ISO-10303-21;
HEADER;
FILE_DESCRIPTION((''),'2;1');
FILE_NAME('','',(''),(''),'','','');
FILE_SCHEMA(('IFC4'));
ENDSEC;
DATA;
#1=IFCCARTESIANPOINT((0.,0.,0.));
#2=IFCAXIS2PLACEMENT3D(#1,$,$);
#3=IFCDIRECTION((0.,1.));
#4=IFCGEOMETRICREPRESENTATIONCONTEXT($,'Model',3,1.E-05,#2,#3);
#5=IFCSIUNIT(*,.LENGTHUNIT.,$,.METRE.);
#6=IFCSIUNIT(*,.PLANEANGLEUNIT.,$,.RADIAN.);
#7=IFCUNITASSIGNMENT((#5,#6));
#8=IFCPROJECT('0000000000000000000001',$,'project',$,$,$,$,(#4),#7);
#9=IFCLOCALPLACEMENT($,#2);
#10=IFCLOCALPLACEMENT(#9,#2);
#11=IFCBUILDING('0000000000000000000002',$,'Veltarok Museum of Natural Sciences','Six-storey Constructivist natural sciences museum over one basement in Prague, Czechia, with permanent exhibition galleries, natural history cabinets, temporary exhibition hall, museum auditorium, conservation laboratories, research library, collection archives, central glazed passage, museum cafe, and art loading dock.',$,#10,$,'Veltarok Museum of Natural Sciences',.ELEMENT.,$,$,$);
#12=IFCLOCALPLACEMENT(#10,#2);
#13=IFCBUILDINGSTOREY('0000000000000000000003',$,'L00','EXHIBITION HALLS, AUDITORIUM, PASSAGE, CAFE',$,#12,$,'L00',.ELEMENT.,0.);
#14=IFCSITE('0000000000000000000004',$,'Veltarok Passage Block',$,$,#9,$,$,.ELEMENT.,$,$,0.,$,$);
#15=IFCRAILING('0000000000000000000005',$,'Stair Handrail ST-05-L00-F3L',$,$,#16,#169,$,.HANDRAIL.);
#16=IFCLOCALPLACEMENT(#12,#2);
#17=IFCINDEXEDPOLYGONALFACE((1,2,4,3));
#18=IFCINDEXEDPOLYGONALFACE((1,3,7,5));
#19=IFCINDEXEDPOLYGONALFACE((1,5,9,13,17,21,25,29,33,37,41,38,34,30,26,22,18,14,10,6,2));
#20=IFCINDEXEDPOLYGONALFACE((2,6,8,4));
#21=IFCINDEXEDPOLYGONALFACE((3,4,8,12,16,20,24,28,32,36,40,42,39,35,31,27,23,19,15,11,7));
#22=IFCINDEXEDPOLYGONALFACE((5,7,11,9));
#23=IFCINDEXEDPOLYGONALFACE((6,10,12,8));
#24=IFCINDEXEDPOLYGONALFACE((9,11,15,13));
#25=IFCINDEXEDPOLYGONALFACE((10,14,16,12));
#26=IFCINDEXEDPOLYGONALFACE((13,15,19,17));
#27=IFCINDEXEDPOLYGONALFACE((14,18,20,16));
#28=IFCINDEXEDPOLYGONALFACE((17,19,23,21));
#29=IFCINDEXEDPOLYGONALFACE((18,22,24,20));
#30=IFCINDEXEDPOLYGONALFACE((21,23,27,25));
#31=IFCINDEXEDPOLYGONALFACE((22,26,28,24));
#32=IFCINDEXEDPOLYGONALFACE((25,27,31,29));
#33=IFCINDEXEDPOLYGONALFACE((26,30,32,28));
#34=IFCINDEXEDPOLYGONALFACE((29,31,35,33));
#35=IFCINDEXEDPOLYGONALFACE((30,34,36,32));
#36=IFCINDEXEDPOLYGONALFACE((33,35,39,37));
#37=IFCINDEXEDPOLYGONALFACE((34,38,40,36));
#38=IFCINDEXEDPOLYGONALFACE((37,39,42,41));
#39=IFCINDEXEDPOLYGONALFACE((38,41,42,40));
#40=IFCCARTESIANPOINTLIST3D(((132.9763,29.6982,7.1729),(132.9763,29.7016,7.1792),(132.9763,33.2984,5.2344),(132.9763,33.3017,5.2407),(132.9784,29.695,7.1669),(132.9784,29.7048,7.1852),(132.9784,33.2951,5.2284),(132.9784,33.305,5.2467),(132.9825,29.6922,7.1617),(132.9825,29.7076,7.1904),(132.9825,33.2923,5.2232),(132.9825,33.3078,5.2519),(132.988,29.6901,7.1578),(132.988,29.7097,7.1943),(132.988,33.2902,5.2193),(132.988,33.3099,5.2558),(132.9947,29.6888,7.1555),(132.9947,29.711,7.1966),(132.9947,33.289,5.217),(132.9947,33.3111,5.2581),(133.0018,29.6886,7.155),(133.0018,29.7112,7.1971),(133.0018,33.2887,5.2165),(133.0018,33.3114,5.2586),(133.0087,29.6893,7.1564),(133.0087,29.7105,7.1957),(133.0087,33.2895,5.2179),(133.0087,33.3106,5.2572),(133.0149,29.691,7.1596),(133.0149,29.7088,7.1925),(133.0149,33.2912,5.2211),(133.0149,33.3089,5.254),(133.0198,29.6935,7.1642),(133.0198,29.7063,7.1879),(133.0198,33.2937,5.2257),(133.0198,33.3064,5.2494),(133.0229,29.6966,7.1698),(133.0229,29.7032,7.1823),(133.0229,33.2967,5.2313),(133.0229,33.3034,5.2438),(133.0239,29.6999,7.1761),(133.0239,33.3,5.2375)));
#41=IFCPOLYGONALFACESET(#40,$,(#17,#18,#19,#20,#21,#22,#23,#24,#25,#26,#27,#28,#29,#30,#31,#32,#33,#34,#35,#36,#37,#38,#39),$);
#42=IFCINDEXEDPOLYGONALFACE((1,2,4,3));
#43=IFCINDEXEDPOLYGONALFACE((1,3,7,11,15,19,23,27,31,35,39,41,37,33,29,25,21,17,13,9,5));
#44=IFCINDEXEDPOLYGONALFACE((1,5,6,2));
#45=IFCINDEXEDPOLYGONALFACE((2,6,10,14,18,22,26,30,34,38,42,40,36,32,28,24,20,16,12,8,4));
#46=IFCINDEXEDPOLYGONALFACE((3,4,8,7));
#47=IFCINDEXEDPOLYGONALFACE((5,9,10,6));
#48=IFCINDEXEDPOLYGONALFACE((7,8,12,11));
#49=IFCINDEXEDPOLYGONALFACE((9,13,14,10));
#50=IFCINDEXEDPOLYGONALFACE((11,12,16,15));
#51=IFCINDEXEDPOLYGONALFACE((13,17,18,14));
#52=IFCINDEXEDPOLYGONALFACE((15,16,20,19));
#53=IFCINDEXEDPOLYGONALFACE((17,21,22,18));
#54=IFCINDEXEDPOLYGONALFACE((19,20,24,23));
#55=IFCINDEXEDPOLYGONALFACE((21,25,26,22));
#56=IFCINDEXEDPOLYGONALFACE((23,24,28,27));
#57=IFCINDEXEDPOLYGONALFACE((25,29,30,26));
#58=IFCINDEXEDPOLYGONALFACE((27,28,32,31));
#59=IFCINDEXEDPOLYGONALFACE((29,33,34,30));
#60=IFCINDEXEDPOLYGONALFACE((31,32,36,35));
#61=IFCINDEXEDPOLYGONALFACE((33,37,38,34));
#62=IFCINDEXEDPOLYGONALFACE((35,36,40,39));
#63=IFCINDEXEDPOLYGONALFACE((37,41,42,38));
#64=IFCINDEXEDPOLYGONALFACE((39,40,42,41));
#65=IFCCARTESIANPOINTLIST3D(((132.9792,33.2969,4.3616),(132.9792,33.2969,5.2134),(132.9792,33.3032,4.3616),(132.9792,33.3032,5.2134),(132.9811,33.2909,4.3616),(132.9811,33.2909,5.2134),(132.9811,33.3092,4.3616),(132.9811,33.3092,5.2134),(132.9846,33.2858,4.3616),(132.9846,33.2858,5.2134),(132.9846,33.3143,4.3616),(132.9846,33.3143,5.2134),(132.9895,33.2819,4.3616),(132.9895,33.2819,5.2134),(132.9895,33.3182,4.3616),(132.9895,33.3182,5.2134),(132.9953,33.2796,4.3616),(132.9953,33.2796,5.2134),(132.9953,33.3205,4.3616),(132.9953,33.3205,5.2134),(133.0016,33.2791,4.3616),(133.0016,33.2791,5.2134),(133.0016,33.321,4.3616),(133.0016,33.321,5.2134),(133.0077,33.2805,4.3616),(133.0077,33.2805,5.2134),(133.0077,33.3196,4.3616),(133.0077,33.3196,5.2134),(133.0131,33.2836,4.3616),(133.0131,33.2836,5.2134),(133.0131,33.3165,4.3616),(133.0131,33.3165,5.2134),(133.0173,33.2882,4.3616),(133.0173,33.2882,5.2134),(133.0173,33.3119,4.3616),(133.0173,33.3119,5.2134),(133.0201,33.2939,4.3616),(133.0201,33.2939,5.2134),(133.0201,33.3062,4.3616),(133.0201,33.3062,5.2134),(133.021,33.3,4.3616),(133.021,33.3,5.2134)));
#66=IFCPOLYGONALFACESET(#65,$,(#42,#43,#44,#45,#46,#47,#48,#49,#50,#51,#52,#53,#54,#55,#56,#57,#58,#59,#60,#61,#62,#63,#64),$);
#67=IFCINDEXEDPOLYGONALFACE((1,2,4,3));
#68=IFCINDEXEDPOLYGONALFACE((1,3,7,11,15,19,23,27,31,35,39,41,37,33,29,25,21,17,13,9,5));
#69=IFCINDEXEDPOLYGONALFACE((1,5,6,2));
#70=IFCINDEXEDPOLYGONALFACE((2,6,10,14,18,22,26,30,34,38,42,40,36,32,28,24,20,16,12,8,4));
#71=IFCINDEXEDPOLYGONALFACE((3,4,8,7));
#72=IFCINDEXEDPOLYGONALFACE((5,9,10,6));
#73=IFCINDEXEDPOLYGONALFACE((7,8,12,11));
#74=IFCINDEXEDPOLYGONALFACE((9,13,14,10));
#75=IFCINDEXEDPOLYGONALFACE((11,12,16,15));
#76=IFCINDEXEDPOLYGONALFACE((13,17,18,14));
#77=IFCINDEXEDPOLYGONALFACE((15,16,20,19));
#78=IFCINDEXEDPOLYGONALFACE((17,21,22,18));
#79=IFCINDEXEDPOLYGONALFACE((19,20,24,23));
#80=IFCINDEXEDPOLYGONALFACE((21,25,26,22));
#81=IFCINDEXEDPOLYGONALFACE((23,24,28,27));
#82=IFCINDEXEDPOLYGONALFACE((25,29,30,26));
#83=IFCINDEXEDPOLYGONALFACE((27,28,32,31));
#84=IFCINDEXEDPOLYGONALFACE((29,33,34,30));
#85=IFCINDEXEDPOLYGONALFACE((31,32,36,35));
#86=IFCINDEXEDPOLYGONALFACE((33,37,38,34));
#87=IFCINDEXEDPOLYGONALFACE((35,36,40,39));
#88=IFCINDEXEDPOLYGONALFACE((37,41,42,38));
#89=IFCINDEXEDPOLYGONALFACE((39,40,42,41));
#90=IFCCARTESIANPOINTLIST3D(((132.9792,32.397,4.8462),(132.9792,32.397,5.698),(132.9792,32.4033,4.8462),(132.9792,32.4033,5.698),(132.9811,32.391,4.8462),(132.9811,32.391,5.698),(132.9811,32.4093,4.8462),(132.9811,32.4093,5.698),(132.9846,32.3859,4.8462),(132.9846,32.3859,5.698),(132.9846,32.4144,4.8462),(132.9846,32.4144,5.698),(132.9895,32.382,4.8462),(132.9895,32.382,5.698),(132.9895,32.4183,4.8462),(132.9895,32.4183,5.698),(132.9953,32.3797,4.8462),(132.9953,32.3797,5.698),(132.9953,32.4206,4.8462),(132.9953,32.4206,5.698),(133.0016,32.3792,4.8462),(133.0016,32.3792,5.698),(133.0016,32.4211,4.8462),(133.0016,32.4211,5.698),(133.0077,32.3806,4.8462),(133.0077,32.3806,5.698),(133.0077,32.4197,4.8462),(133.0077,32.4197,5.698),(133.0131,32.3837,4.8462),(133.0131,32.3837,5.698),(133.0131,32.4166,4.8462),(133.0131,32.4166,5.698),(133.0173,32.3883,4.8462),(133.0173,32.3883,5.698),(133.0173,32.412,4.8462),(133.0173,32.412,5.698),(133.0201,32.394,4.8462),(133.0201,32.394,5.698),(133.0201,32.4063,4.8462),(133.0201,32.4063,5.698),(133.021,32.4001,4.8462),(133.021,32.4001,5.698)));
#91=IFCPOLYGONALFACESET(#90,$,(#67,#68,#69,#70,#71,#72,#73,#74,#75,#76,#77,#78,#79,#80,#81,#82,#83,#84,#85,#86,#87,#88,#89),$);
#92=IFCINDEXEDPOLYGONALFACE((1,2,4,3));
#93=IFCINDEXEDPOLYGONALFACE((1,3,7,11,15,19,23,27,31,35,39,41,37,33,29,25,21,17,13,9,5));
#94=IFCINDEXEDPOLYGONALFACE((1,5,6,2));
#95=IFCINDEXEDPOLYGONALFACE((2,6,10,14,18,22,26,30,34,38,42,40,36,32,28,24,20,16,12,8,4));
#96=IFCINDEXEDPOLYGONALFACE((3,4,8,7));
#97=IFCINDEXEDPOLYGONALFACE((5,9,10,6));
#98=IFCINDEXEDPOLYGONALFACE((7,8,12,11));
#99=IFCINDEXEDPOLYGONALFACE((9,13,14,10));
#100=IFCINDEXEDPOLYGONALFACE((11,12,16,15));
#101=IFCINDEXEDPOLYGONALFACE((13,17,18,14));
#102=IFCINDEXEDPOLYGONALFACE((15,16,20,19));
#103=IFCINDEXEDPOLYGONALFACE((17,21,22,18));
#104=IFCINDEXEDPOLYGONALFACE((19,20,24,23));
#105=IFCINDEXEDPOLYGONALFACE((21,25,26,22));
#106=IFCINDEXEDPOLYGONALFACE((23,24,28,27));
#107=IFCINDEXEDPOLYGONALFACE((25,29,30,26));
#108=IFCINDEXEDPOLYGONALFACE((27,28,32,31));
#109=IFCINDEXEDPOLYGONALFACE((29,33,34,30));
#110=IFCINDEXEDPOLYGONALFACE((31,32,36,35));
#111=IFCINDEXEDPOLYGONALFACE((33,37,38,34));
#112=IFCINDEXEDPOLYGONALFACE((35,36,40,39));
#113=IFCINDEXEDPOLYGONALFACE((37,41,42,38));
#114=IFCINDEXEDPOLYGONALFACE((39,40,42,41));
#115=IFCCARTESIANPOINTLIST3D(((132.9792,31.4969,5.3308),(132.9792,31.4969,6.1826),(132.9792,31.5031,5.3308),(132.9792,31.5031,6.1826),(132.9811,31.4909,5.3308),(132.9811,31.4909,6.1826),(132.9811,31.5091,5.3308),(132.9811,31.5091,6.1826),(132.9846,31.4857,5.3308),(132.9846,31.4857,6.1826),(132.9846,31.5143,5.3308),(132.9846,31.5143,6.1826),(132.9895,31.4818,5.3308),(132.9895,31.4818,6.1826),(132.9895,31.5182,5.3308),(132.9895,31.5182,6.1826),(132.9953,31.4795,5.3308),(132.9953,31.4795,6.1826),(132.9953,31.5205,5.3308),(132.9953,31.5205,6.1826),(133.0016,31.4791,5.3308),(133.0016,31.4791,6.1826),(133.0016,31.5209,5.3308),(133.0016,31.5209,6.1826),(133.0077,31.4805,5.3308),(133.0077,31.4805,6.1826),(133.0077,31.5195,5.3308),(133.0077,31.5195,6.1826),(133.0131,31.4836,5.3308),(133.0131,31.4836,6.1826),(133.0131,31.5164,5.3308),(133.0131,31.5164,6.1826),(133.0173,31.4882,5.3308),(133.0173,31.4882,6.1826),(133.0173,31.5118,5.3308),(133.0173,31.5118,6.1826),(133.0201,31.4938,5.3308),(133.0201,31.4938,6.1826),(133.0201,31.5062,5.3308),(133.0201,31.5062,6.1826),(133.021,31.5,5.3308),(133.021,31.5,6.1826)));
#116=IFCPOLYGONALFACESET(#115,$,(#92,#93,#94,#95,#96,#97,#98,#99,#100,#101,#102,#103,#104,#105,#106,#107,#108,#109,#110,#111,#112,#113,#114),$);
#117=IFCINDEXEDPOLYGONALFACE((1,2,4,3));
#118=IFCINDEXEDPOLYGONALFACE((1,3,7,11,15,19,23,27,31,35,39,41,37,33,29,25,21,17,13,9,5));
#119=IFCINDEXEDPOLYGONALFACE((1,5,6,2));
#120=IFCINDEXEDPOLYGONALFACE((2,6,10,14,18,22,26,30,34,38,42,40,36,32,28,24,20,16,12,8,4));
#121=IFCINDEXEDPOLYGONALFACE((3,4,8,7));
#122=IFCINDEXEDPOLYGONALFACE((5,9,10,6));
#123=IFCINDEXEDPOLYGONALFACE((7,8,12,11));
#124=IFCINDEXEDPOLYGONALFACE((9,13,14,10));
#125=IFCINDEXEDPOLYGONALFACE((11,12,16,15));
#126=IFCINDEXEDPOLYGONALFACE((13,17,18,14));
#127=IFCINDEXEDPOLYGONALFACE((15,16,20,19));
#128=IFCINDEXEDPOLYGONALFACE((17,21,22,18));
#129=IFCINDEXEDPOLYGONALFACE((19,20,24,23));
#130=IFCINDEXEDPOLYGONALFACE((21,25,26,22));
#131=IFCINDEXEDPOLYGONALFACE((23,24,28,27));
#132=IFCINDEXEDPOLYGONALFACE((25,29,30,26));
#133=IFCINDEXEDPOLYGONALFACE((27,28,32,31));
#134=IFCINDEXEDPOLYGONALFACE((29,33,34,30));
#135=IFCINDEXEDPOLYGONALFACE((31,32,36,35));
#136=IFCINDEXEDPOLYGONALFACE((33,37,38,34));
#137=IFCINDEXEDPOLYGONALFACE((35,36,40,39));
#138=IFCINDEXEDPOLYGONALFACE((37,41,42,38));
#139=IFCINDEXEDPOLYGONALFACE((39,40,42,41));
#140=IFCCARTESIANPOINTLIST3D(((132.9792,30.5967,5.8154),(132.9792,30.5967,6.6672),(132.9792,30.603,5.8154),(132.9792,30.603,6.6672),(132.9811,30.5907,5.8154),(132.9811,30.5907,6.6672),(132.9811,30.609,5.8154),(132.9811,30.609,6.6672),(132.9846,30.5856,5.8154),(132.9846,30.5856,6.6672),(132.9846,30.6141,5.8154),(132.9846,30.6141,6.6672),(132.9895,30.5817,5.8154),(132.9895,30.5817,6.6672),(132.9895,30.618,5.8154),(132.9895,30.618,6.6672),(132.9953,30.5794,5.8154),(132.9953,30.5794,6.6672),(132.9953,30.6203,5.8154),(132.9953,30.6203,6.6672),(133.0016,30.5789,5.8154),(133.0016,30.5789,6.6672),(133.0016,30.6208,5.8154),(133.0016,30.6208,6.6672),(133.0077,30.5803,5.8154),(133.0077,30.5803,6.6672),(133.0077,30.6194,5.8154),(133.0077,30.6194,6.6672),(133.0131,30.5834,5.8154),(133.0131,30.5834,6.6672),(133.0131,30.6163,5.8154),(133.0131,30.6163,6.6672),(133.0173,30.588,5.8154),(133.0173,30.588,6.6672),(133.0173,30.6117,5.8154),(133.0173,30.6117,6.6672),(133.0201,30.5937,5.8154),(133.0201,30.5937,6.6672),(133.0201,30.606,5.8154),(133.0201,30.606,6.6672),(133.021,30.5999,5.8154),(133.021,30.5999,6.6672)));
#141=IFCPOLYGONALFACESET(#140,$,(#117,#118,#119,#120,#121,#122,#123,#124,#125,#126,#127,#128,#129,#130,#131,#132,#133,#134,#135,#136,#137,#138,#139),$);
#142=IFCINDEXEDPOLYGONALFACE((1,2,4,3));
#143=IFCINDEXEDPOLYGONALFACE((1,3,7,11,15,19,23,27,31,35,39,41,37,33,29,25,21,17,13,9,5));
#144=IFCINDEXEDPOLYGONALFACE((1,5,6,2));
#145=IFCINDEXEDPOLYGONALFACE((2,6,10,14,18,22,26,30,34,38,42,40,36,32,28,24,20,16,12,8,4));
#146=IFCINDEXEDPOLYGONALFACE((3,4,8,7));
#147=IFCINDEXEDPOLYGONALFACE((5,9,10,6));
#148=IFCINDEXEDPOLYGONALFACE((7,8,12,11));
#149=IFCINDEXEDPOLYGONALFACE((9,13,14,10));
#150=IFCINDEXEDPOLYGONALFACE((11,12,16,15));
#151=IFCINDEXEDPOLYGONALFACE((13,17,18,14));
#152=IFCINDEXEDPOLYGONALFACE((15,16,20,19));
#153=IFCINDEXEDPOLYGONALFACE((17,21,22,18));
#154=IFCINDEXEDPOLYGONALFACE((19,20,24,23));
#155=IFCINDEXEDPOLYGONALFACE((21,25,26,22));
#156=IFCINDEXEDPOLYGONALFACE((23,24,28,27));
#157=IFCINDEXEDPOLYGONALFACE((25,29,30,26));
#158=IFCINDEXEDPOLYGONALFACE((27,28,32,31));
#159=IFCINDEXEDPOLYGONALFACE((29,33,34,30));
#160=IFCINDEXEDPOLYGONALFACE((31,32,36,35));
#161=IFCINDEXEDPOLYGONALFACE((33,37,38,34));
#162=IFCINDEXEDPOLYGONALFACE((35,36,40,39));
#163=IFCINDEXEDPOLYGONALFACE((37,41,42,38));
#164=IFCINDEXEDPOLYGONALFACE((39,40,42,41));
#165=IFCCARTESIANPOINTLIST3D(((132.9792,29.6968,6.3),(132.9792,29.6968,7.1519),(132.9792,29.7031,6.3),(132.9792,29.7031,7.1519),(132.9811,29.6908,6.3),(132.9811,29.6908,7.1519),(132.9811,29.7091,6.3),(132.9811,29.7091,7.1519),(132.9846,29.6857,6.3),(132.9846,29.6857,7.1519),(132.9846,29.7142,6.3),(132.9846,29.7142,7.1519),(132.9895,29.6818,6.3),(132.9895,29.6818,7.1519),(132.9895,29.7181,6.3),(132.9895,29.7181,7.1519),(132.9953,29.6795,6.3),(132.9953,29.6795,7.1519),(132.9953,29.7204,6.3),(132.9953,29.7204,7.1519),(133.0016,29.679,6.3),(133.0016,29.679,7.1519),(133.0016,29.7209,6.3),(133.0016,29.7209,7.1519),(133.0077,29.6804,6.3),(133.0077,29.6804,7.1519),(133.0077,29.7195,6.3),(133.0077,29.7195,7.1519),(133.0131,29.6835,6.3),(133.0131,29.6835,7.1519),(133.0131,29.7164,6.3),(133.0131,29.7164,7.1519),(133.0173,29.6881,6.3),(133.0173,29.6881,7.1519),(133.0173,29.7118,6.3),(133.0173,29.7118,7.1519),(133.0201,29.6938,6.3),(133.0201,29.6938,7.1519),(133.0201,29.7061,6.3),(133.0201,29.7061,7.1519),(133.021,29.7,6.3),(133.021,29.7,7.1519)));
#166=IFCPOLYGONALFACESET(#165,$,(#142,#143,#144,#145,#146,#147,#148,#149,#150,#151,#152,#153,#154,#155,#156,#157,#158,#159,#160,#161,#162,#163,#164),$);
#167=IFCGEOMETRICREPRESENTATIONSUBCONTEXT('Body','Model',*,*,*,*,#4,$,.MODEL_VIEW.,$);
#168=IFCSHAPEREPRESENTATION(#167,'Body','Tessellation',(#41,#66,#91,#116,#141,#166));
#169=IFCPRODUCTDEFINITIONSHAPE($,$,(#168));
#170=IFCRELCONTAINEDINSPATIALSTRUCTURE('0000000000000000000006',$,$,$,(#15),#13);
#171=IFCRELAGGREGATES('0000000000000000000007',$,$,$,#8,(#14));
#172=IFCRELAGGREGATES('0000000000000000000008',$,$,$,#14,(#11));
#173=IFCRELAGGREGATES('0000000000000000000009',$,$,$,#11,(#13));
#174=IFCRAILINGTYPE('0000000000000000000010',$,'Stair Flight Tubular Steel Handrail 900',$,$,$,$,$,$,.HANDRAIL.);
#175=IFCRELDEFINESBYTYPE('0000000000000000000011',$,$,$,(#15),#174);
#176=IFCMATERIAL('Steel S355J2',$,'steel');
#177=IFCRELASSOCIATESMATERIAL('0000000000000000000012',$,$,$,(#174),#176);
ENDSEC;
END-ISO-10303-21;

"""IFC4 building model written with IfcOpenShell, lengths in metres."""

from ifc_helpers import new_model, si_unit, direction, frame, origin, origin_2d, place, context, subcontext, project, spatial, circle, extrude, material, type_object, element, save


model = new_model("IFC4")

# Units and contexts
model_context = context("Model", 3, precision=1e-05, world=origin(), true_north=direction((0.0, 1.0)))
body_context = subcontext(model_context, "Body", "Model", "MODEL_VIEW")
ifc_project = project(units=[si_unit("LENGTHUNIT", "METRE"), si_unit("PLANEANGLEUNIT", "RADIAN")], contexts=[model_context])

# Site, building, storey
site_placement = place(None, origin())
site = spatial("IfcSite", under=ifc_project, at=site_placement, Name="Veltarok Passage Block", CompositionType="ELEMENT", RefElevation=0.0)
building_placement = place(site_placement, origin())
building = spatial("IfcBuilding", under=site, at=building_placement, Name="Veltarok Museum of Natural Sciences", Description="Six-storey Constructivist natural sciences museum over one basement in Prague, Czechia, with permanent exhibition galleries, natural history cabinets, temporary exhibition hall, museum auditorium, conservation laboratories, research library, collection archives, central glazed passage, museum cafe, and art loading dock.", LongName="Veltarok Museum of Natural Sciences", CompositionType="ELEMENT")
storey_placement = place(building_placement, origin())
storey = spatial("IfcBuildingStorey", under=building, at=storey_placement, Name="L00", Description="EXHIBITION HALLS, AUDITORIUM, PASSAGE, CAFE", LongName="L00", CompositionType="ELEMENT", Elevation=0.0)

# Shared definitions
ifc_material_1 = material(Name="Steel S355J2", Category="steel")

# Railing
railing_type_1 = type_object("IfcRailingType", Name="Stair Flight Tubular Steel Handrail 900", PredefinedType="HANDRAIL", material=ifc_material_1)
for number, where, name in (
    (1, (133.0, 33.3, 4.3616), "Stair Handrail ST-05-L00-F3L"),
):
    element("IfcRailing", number, at=place(storey_placement, frame(where)), inside=storey, type_object=railing_type_1, Name=name, PredefinedType="HANDRAIL", context=body_context, shape_type="SweptSolid", body=[
        extrude(circle(Radius=0.0239, at=origin_2d()), frame((0.0, 0.0, 0.876), z_axis=(0.0, -0.880475, 0.474093), x_axis=(1.0, 0.0, 0.0)), (0.0, 0.0, 1.0), 4.0889),
        extrude(circle(Radius=0.021, at=origin_2d()), origin(), (0.0, 0.0, 1.0), 0.8518),
        extrude(circle(Radius=0.021, at=origin_2d()), frame((0.0, -0.8999, 0.4846)), (0.0, 0.0, 1.0), 0.8518),
        extrude(circle(Radius=0.021, at=origin_2d()), frame((0.0, -1.8, 0.9692)), (0.0, 0.0, 1.0), 0.8518),
        extrude(circle(Radius=0.021, at=origin_2d()), frame((0.0, -2.7002, 1.4539)), (0.0, 0.0, 1.0), 0.8518),
        extrude(circle(Radius=0.021, at=origin_2d()), frame((0.0, -3.6001, 1.9385)), (0.0, 0.0, 1.0), 0.8518),
    ])

save(model, "model.ifc")
